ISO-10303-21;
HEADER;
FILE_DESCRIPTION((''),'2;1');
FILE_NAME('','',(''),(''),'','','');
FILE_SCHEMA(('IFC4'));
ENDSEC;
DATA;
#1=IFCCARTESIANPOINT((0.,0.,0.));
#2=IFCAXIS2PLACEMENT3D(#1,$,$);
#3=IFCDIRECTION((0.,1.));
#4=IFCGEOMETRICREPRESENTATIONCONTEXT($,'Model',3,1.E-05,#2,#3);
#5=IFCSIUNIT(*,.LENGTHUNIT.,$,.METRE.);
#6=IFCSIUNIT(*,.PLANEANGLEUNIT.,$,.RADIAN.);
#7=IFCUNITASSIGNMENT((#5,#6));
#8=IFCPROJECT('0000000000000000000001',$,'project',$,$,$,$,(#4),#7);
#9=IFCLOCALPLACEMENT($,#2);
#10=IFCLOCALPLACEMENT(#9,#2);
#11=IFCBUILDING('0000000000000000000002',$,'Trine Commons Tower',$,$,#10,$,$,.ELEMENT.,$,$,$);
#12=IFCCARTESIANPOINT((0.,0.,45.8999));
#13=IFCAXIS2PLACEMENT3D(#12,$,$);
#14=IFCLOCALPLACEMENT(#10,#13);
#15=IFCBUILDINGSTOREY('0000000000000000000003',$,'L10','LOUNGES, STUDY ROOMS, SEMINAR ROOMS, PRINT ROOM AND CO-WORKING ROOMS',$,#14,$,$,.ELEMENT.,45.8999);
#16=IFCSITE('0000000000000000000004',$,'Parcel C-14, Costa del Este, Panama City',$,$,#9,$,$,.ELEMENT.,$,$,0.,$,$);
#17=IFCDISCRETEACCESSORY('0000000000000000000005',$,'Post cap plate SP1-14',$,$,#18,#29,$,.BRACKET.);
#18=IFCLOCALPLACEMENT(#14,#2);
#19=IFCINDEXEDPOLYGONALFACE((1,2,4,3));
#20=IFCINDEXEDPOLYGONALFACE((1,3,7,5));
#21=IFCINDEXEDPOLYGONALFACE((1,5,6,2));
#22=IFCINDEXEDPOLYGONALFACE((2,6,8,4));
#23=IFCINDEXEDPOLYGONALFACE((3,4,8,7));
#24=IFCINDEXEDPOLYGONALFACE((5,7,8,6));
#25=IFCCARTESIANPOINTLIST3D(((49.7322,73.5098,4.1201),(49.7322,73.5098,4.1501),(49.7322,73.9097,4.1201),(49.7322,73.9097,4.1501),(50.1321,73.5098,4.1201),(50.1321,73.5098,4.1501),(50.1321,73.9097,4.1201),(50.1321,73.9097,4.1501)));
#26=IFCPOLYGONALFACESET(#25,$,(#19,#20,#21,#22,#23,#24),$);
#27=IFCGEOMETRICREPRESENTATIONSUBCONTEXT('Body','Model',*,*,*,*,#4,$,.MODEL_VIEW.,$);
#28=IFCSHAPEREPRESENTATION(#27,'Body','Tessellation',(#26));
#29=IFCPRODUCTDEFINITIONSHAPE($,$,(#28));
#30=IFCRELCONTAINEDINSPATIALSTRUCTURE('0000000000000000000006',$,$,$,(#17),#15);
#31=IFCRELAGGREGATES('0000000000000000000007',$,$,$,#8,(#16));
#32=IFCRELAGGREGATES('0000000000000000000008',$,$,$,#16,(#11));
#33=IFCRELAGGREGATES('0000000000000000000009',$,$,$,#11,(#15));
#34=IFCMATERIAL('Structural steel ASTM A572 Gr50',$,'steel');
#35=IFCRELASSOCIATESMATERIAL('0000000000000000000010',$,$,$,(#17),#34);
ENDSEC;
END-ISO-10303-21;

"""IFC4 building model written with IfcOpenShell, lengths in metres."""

from ifc_helpers import new_model, si_unit, direction, frame, origin, origin_2d, place, context, subcontext, project, spatial, rectangle, extrude, material, element, save


model = new_model("IFC4")

# Units and contexts
model_context = context("Model", 3, precision=1e-05, world=origin(), true_north=direction((0.0, 1.0)))
body_context = subcontext(model_context, "Body", "Model", "MODEL_VIEW")
ifc_project = project(units=[si_unit("LENGTHUNIT", "METRE"), si_unit("PLANEANGLEUNIT", "RADIAN")], contexts=[model_context])

# Site, building, storey
site_placement = place(None, origin())
site = spatial("IfcSite", under=ifc_project, at=site_placement, Name="Parcel C-14, Costa del Este, Panama City", CompositionType="ELEMENT", RefElevation=0.0)
building_placement = place(site_placement, origin())
building = spatial("IfcBuilding", under=site, at=building_placement, Name="Trine Commons Tower", CompositionType="ELEMENT")
storey_placement = place(building_placement, frame((0.0, 0.0, 45.8999)))
storey = spatial("IfcBuildingStorey", under=building, at=storey_placement, Name="L10", Description="LOUNGES, STUDY ROOMS, SEMINAR ROOMS, PRINT ROOM AND CO-WORKING ROOMS", CompositionType="ELEMENT", Elevation=45.8999)

# Discrete accessory
ifc_material_1 = material(Name="Structural steel ASTM A572 Gr50", Category="steel")
for number, where, z_axis, x_axis, name in (
    (1, (49.9321, 73.7097, 4.1201), (0.0, 0.0, 1.0), (1.0, 0.0, 0.0), "Post cap plate SP1-14"),
):
    element("IfcDiscreteAccessory", number, at=place(storey_placement, frame(where, z_axis=z_axis, x_axis=x_axis)), inside=storey, material=ifc_material_1, Name=name, PredefinedType="BRACKET", context=body_context, shape_type="SweptSolid", body=[
        extrude(rectangle(XDim=0.3999, YDim=0.3999, at=origin_2d()), origin(), (0.0, 0.0, 1.0), 0.03),
    ])

save(model, "model.ifc")
